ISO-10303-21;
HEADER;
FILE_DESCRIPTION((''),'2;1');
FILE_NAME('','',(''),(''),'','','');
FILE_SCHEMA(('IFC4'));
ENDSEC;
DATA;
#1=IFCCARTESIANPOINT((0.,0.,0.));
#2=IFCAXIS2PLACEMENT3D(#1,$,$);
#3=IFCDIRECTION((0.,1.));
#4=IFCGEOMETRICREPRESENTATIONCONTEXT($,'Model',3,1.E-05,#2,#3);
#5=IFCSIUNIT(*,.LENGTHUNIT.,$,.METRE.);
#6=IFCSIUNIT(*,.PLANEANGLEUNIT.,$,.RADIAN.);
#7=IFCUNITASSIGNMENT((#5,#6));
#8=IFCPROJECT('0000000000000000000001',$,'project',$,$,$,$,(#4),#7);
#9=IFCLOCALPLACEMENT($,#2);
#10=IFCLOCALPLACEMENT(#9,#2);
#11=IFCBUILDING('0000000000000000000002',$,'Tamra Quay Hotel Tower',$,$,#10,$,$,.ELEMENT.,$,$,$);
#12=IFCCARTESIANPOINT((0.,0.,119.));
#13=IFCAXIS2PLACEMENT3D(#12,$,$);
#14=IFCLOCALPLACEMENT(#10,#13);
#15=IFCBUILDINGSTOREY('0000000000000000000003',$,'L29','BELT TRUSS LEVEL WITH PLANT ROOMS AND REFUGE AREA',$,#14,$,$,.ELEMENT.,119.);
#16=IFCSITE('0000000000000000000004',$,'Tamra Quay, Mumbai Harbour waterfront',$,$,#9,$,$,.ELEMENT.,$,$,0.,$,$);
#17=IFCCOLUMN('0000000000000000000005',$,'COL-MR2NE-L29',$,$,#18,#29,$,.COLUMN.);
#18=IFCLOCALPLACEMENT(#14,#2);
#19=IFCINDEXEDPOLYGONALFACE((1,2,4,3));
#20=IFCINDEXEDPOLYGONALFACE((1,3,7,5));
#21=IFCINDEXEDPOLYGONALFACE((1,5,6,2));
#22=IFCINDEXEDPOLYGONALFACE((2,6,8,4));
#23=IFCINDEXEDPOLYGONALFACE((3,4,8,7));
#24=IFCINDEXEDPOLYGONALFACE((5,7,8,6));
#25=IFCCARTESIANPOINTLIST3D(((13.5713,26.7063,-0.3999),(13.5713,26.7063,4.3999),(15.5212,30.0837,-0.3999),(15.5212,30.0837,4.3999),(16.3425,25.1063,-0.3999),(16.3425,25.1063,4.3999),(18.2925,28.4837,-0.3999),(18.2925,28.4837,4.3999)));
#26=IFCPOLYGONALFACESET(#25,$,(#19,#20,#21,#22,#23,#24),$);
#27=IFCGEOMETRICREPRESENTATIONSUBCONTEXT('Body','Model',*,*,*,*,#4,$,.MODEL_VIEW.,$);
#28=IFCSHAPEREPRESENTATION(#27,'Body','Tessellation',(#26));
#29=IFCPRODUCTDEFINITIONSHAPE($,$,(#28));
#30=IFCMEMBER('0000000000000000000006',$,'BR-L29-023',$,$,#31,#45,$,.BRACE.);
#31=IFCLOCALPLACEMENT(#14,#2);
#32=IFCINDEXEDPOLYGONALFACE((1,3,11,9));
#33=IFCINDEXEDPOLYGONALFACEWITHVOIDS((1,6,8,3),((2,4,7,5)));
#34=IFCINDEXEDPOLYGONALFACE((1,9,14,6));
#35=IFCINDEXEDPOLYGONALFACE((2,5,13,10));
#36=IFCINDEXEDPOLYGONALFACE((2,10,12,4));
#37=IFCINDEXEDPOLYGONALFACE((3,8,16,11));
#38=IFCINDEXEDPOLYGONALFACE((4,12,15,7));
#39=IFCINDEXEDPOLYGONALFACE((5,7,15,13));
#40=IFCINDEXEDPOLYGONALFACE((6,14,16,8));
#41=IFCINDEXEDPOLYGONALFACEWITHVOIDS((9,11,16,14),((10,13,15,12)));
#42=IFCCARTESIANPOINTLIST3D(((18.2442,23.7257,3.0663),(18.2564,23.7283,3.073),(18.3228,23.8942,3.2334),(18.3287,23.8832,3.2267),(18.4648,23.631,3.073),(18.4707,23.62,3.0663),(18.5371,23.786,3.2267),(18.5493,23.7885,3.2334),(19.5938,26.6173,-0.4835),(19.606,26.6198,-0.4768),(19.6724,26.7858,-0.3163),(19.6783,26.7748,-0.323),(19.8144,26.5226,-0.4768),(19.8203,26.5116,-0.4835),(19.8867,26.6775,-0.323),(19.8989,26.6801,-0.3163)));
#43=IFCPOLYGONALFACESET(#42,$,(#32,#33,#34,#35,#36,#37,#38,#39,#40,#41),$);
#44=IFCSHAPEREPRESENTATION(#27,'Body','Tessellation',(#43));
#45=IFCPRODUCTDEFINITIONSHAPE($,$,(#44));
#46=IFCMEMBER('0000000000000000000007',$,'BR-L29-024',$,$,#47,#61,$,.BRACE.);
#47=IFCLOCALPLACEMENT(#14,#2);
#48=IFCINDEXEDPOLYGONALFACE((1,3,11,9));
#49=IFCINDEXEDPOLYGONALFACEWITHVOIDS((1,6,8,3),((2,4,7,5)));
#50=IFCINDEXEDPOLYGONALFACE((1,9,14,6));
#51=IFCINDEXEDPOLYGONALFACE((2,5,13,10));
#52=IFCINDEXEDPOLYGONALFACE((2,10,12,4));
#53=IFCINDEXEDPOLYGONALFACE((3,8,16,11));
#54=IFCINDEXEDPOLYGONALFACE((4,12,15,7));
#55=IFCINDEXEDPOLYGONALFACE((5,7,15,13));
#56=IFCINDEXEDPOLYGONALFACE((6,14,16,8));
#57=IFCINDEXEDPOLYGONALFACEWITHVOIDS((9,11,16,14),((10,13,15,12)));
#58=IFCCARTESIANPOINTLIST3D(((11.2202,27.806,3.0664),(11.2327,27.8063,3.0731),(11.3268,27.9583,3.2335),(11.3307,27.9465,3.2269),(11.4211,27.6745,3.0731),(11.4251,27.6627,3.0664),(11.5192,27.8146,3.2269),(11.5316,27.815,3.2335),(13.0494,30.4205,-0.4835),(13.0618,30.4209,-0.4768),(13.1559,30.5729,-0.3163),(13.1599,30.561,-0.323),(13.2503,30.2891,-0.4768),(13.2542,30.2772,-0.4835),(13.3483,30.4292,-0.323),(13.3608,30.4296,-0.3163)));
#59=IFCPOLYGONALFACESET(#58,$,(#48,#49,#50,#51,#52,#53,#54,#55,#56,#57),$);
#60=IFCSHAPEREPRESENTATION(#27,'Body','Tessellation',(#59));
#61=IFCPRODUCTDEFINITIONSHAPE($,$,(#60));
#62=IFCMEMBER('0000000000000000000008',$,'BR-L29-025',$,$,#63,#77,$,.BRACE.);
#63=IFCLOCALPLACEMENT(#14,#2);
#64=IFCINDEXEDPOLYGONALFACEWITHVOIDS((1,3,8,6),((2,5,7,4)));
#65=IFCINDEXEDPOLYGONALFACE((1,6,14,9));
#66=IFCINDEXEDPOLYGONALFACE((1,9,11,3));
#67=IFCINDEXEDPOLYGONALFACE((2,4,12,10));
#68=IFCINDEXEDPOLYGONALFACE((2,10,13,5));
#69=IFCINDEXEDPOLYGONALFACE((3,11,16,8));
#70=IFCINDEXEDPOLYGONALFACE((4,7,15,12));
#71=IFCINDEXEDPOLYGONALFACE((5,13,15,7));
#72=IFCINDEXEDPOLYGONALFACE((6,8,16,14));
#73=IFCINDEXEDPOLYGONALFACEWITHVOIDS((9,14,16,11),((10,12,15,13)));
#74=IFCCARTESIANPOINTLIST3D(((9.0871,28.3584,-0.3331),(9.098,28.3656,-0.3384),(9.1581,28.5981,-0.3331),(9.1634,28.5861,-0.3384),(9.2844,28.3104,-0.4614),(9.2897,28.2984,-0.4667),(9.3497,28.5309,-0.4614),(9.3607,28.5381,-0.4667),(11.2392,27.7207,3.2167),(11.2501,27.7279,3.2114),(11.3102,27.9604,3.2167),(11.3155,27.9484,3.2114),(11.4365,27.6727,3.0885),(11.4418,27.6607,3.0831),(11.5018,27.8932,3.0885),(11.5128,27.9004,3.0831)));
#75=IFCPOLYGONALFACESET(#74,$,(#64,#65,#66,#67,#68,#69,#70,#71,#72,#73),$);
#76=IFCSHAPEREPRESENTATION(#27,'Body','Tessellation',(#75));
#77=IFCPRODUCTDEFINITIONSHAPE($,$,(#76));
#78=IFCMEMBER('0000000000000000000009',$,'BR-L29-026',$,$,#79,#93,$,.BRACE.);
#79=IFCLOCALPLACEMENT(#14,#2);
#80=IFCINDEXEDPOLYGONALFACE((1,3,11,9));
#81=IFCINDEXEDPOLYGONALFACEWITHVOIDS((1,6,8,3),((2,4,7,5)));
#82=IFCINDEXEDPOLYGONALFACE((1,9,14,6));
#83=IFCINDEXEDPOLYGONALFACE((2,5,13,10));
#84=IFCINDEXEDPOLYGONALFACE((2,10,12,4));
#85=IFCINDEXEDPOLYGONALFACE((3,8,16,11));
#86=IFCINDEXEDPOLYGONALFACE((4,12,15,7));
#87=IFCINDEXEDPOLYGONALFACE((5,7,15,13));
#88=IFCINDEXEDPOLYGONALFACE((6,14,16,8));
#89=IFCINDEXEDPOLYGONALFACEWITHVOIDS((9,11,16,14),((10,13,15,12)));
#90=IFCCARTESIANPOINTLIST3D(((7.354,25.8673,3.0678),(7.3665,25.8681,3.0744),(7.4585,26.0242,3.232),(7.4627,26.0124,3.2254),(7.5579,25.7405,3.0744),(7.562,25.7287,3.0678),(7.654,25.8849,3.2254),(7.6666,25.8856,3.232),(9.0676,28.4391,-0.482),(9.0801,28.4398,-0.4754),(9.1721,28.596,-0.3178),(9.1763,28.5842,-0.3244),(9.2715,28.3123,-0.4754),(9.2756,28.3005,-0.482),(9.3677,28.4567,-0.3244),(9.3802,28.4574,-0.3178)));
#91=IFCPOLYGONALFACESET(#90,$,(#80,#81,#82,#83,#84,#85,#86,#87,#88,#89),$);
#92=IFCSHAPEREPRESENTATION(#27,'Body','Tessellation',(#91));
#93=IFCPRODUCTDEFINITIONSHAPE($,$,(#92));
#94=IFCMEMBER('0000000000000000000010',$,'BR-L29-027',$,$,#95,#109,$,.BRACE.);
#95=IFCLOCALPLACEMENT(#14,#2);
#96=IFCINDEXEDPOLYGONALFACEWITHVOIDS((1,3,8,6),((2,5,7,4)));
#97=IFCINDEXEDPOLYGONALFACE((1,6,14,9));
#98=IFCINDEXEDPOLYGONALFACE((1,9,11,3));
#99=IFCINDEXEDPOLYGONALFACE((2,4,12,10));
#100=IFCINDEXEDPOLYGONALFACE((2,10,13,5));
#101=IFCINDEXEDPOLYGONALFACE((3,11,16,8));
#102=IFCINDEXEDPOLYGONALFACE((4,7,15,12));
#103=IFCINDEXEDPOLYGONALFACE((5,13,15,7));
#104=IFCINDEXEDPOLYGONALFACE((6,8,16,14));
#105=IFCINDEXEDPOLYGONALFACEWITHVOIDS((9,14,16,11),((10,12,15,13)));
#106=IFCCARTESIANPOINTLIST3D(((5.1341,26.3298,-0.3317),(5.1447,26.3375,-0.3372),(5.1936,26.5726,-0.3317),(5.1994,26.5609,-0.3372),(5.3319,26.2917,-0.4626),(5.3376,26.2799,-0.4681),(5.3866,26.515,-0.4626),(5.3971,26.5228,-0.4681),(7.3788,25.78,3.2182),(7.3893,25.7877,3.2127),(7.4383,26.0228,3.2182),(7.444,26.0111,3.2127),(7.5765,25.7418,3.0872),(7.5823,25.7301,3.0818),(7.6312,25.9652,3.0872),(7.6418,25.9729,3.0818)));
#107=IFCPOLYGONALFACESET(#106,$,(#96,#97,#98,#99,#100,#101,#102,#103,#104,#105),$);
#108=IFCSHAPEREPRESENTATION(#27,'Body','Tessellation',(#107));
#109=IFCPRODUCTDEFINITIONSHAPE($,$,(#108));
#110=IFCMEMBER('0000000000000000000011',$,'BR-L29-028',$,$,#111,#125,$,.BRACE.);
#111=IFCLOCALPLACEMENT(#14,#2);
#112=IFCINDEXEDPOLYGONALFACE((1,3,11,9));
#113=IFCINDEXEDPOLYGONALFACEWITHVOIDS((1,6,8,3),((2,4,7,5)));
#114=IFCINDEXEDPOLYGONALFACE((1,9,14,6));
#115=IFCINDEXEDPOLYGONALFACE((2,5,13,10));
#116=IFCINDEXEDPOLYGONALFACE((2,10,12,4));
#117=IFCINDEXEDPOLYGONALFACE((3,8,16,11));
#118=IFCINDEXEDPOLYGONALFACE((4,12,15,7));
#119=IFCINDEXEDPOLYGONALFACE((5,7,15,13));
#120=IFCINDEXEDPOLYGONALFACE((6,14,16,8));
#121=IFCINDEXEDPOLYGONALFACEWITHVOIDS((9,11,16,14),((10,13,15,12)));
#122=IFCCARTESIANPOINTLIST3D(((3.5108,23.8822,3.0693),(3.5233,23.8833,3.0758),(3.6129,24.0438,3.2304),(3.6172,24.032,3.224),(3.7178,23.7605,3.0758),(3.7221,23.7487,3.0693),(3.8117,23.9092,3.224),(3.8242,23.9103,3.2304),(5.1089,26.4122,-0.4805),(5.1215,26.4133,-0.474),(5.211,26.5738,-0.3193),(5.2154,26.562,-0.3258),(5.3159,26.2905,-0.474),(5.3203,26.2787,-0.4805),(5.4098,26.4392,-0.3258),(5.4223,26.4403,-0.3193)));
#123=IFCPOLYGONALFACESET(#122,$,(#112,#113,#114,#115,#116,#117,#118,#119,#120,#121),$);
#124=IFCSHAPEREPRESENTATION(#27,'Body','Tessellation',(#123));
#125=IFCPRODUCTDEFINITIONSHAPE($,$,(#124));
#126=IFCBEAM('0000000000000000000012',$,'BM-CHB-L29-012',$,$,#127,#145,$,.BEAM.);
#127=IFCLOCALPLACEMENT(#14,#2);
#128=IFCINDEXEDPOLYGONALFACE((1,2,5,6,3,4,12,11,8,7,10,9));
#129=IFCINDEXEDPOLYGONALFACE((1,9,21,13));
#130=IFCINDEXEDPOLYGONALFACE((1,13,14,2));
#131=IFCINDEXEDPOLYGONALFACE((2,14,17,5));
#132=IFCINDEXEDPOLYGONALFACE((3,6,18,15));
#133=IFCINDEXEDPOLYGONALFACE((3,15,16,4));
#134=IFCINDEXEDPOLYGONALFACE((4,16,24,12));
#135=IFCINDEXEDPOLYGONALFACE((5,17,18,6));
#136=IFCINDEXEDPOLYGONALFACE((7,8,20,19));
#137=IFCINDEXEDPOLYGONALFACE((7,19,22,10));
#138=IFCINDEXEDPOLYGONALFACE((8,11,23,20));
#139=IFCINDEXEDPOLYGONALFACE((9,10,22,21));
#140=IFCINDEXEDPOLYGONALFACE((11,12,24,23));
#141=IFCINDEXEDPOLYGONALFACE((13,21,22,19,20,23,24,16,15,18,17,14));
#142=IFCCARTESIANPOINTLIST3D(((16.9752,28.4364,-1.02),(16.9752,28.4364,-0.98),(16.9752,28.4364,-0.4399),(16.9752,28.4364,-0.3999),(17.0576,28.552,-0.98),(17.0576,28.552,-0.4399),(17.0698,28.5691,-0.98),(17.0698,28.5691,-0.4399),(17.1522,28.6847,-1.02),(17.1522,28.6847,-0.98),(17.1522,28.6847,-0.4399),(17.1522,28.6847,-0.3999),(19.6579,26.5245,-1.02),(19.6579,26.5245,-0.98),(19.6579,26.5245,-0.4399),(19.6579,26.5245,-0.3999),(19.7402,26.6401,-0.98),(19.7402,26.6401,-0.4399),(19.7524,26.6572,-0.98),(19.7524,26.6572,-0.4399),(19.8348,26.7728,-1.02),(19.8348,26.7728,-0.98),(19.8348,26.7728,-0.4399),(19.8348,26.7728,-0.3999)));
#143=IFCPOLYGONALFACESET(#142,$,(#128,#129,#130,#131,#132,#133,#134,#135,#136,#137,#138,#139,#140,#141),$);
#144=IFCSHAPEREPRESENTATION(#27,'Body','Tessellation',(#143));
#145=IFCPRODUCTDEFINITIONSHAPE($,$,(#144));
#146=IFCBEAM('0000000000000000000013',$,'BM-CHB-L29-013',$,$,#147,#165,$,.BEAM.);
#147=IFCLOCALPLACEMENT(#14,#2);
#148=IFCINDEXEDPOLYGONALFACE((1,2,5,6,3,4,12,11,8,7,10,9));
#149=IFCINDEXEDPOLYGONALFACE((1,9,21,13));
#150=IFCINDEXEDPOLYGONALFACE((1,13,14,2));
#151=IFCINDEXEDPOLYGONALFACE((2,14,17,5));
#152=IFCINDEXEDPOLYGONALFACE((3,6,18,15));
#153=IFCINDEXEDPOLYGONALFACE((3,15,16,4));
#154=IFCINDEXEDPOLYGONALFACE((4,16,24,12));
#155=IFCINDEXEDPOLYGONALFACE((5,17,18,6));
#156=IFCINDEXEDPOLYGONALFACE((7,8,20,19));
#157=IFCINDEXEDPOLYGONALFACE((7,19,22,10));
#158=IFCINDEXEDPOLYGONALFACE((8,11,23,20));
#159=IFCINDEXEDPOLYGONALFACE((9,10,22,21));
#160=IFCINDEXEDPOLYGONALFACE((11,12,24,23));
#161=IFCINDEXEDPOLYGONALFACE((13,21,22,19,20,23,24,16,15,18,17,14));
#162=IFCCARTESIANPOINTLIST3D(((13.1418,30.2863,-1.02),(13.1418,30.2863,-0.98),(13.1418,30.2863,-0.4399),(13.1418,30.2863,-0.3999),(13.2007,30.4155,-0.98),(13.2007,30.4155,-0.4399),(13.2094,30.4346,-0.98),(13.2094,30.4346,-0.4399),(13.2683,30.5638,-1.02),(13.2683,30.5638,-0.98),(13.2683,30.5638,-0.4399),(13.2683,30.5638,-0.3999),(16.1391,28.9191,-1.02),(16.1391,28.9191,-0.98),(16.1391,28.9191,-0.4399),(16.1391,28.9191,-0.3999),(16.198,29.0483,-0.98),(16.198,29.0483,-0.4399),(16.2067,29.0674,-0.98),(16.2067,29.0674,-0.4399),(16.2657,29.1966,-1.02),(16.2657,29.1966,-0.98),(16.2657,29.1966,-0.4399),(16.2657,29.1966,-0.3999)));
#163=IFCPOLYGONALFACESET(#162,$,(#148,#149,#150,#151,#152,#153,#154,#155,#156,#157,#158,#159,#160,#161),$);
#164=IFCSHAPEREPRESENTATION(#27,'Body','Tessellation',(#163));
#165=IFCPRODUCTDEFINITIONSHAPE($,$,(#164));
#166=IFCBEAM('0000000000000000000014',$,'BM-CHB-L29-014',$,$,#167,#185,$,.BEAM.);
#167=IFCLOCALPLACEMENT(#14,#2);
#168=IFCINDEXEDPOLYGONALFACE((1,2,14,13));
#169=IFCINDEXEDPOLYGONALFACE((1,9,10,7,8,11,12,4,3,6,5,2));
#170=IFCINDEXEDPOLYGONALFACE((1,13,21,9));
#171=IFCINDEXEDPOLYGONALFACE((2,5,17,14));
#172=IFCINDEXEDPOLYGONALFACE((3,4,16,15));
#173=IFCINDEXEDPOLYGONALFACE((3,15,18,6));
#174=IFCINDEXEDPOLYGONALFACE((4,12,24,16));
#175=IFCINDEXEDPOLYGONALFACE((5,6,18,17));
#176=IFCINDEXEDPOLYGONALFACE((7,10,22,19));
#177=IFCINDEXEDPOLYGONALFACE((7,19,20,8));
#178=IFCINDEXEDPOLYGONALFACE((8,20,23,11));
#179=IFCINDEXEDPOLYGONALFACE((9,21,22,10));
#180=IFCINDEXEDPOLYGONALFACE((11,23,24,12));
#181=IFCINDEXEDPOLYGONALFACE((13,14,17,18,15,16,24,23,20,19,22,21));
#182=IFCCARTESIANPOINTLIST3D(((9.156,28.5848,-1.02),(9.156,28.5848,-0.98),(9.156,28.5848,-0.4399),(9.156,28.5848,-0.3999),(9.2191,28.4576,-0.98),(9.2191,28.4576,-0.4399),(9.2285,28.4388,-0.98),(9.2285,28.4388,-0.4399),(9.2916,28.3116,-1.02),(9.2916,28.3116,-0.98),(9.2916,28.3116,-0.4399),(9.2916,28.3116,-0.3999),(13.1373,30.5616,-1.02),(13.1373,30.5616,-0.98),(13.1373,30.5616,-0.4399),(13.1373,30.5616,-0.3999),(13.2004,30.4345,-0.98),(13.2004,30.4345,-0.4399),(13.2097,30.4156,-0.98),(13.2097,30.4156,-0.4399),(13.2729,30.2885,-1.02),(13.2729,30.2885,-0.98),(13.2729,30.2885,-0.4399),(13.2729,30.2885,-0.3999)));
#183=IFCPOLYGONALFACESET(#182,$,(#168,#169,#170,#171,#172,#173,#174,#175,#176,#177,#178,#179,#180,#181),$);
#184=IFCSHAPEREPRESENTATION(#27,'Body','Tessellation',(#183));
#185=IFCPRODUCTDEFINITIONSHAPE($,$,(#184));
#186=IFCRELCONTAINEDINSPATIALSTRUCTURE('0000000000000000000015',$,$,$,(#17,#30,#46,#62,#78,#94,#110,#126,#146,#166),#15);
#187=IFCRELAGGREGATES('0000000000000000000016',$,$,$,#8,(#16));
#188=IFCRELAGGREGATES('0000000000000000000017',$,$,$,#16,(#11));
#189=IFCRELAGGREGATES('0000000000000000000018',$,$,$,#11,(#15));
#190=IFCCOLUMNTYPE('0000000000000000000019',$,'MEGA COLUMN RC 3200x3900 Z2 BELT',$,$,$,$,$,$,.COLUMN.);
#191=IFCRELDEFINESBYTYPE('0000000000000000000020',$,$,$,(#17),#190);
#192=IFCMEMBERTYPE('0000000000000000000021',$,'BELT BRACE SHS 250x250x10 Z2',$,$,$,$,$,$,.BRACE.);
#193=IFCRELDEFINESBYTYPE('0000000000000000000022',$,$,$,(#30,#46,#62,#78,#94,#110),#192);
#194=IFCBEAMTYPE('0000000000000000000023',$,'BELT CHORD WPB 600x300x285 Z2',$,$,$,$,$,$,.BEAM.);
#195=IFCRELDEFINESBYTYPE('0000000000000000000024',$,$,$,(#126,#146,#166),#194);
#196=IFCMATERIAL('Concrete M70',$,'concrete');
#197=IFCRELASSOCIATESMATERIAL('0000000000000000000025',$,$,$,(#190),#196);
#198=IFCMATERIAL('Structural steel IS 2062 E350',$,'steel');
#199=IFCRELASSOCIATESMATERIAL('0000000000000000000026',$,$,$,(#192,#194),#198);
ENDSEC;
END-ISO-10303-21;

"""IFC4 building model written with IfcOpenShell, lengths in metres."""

from ifc_helpers import new_model, si_unit, direction, frame, origin, origin_2d, place, context, subcontext, project, spatial, rectangle, hollow_rectangle, i_section, extrude, material, material_profile, profile_set, type_object, element, save


model = new_model("IFC4")

# Units and contexts
model_context = context("Model", 3, precision=1e-05, world=origin(), true_north=direction((0.0, 1.0)))
body_context = subcontext(model_context, "Body", "Model", "MODEL_VIEW")
ifc_project = project(units=[si_unit("LENGTHUNIT", "METRE"), si_unit("PLANEANGLEUNIT", "RADIAN")], contexts=[model_context])

# Site, building, storey
site_placement = place(None, origin())
site = spatial("IfcSite", under=ifc_project, at=site_placement, Name="Tamra Quay, Mumbai Harbour waterfront", CompositionType="ELEMENT", RefElevation=0.0)
building_placement = place(site_placement, origin())
building = spatial("IfcBuilding", under=site, at=building_placement, Name="Tamra Quay Hotel Tower", CompositionType="ELEMENT")
storey_placement = place(building_placement, frame((0.0, 0.0, 119.0)))
storey = spatial("IfcBuildingStorey", under=building, at=storey_placement, Name="L29", Description="BELT TRUSS LEVEL WITH PLANT ROOMS AND REFUGE AREA", CompositionType="ELEMENT", Elevation=119.0)

# Column
ifc_material_1 = material(Name="Concrete M70", Category="concrete")
ifc_material_profile_1 = material_profile(ifc_material_1, rectangle(XDim=3.8999, YDim=3.2, at=origin_2d()), Name="MEGA COLUMN RC 3200x3900 Z2 BELT")
ifc_profile_set_1 = profile_set([ifc_material_profile_1], Name="Concrete M70")
column_type = type_object("IfcColumnType", Name="MEGA COLUMN RC 3200x3900 Z2 BELT", PredefinedType="COLUMN", material=ifc_profile_set_1)
column_placement = place(storey_placement, frame((15.9319, 27.595, -0.3999), z_axis=(0.0, 0.0, 1.0), x_axis=(0.5, 0.866025, 0.0)))
element("IfcColumn", 1, at=column_placement, inside=storey, type_object=column_type, Name="COL-MR2NE-L29", PredefinedType="COLUMN", context=body_context, shape_type="SweptSolid", body=[
    extrude(rectangle(XDim=3.8999, YDim=3.2, at=origin_2d()), origin(), (0.0, 0.0, 1.0), 4.7998),
])

# Members
ifc_material_2 = material(Name="Structural steel IS 2062 E350", Category="steel")
ifc_material_profile_2 = material_profile(ifc_material_2, hollow_rectangle(XDim=0.25, YDim=0.25, WallThickness=0.01, at=origin_2d()), Name="SHS 250x250x10")
ifc_profile_set_2 = profile_set([ifc_material_profile_2], Name="Structural steel IS 2062 E350")
member_type = type_object("IfcMemberType", Name="BELT BRACE SHS 250x250x10 Z2", PredefinedType="BRACE", material=ifc_profile_set_2)
for number, where, z_axis, x_axis, name in (
    (2, (19.7463, 26.6487, -0.3999), (-0.282744, -0.605793, 0.743687), (0.90616, -0.422936, 0.0), "BR-L29-023"),
    (3, (13.2051, 30.425, -0.3999), (-0.383212, -0.547759, 0.743713), (0.819386, -0.573242, 0.0), "BR-L29-024"),
):
    element("IfcMember", number, at=place(storey_placement, frame(where, z_axis=z_axis, x_axis=x_axis)), inside=storey, type_object=member_type, Name=name, PredefinedType="BRACE", context=body_context, shape_type="SweptSolid", body=[
        extrude(hollow_rectangle(XDim=0.25, YDim=0.25, WallThickness=0.01, at=origin_2d()), origin(), (0.0, 0.0, 1.0), 4.7732),
    ])
member_1_placement = place(storey_placement, frame((9.2239, 28.4482, -0.3999), z_axis=(0.512415, -0.151835, 0.845208), x_axis=(0.284103, 0.958794, 0.0)))
element("IfcMember", 4, at=member_1_placement, inside=storey, type_object=member_type, Name="BR-L29-025", PredefinedType="BRACE", context=body_context, shape_type="SweptSolid", body=[
    extrude(hollow_rectangle(XDim=0.25, YDim=0.25, WallThickness=0.01, at=origin_2d()), origin(), (0.0, 0.0, 1.0), 4.2),
])
member_2_placement = place(storey_placement, frame((9.2239, 28.4482, -0.3999), z_axis=(-0.364093, -0.546425, 0.754226), x_axis=(0.832184, -0.5545, 0.0)))
element("IfcMember", 5, at=member_2_placement, inside=storey, type_object=member_type, Name="BR-L29-026", PredefinedType="BRACE", context=body_context, shape_type="SweptSolid", body=[
    extrude(hollow_rectangle(XDim=0.25, YDim=0.25, WallThickness=0.01, at=origin_2d()), origin(), (0.0, 0.0, 1.0), 4.7065),
])
member_3_placement = place(storey_placement, frame((5.2656, 26.4263, -0.3999), z_axis=(0.529922, -0.1298, 0.838054), x_axis=(0.237909, 0.971287, 0.0)))
element("IfcMember", 6, at=member_3_placement, inside=storey, type_object=member_type, Name="BR-L29-027", PredefinedType="BRACE", context=body_context, shape_type="SweptSolid", body=[
    extrude(hollow_rectangle(XDim=0.25, YDim=0.25, WallThickness=0.01, at=origin_2d()), origin(), (0.0, 0.0, 1.0), 4.2358),
])
member_4_placement = place(storey_placement, frame((5.2656, 26.4263, -0.3999), z_axis=(-0.344215, -0.544928, 0.764571), x_axis=(0.845454, -0.534048, 0.0)))
element("IfcMember", 7, at=member_4_placement, inside=storey, type_object=member_type, Name="BR-L29-028", PredefinedType="BRACE", context=body_context, shape_type="SweptSolid", body=[
    extrude(hollow_rectangle(XDim=0.25, YDim=0.25, WallThickness=0.01, at=origin_2d()), origin(), (0.0, 0.0, 1.0), 4.6428),
])

# Beams
ifc_material_profile_3 = material_profile(ifc_material_2, i_section(OverallWidth=0.3049, OverallDepth=0.6201, WebThickness=0.021, FlangeThickness=0.04, at=origin_2d()), Name="WPB 600x300x285")
ifc_profile_set_3 = profile_set([ifc_material_profile_3], Name="Structural steel IS 2062 E350")
beam_type_1 = type_object("IfcBeamType", Name="BELT CHORD WPB 600x300x285 Z2", PredefinedType="BEAM", material=ifc_profile_set_3)
beam_1_placement = place(storey_placement, frame((19.7463, 26.6487, -0.71), z_axis=(-0.814349, 0.580376, 0.0), x_axis=(-0.580376, -0.814349, 0.0)))
element("IfcBeam", 8, at=beam_1_placement, inside=storey, type_object=beam_type_1, Name="BM-CHB-L29-012", PredefinedType="BEAM", context=body_context, shape_type="SweptSolid", body=[
    extrude(i_section(OverallWidth=0.3049, OverallDepth=0.6201, WebThickness=0.021, FlangeThickness=0.04, at=origin_2d()), origin(), (0.0, 0.0, 1.0), 3.2942),
])
beam_2_placement = place(storey_placement, frame((16.2024, 29.0579, -0.71), z_axis=(-0.90982, 0.415003, 0.0), x_axis=(-0.415003, -0.90982, 0.0)))
element("IfcBeam", 9, at=beam_2_placement, inside=storey, type_object=beam_type_1, Name="BM-CHB-L29-013", PredefinedType="BEAM", context=body_context, shape_type="SweptSolid", body=[
    extrude(i_section(OverallWidth=0.3049, OverallDepth=0.6201, WebThickness=0.021, FlangeThickness=0.04, at=origin_2d()), origin(), (0.0, 0.0, 1.0), 3.2944),
])
beam_3_placement = place(storey_placement, frame((13.2051, 30.425, -0.71), z_axis=(-0.895665, -0.444729, 0.0), x_axis=(0.444729, -0.895665, 0.0)))
element("IfcBeam", 10, at=beam_3_placement, inside=storey, type_object=beam_type_1, Name="BM-CHB-L29-014", PredefinedType="BEAM", context=body_context, shape_type="SweptSolid", body=[
    extrude(i_section(OverallWidth=0.3049, OverallDepth=0.6201, WebThickness=0.021, FlangeThickness=0.04, at=origin_2d()), origin(), (0.0, 0.0, 1.0), 4.4451),
])

save(model, "model.ifc")
